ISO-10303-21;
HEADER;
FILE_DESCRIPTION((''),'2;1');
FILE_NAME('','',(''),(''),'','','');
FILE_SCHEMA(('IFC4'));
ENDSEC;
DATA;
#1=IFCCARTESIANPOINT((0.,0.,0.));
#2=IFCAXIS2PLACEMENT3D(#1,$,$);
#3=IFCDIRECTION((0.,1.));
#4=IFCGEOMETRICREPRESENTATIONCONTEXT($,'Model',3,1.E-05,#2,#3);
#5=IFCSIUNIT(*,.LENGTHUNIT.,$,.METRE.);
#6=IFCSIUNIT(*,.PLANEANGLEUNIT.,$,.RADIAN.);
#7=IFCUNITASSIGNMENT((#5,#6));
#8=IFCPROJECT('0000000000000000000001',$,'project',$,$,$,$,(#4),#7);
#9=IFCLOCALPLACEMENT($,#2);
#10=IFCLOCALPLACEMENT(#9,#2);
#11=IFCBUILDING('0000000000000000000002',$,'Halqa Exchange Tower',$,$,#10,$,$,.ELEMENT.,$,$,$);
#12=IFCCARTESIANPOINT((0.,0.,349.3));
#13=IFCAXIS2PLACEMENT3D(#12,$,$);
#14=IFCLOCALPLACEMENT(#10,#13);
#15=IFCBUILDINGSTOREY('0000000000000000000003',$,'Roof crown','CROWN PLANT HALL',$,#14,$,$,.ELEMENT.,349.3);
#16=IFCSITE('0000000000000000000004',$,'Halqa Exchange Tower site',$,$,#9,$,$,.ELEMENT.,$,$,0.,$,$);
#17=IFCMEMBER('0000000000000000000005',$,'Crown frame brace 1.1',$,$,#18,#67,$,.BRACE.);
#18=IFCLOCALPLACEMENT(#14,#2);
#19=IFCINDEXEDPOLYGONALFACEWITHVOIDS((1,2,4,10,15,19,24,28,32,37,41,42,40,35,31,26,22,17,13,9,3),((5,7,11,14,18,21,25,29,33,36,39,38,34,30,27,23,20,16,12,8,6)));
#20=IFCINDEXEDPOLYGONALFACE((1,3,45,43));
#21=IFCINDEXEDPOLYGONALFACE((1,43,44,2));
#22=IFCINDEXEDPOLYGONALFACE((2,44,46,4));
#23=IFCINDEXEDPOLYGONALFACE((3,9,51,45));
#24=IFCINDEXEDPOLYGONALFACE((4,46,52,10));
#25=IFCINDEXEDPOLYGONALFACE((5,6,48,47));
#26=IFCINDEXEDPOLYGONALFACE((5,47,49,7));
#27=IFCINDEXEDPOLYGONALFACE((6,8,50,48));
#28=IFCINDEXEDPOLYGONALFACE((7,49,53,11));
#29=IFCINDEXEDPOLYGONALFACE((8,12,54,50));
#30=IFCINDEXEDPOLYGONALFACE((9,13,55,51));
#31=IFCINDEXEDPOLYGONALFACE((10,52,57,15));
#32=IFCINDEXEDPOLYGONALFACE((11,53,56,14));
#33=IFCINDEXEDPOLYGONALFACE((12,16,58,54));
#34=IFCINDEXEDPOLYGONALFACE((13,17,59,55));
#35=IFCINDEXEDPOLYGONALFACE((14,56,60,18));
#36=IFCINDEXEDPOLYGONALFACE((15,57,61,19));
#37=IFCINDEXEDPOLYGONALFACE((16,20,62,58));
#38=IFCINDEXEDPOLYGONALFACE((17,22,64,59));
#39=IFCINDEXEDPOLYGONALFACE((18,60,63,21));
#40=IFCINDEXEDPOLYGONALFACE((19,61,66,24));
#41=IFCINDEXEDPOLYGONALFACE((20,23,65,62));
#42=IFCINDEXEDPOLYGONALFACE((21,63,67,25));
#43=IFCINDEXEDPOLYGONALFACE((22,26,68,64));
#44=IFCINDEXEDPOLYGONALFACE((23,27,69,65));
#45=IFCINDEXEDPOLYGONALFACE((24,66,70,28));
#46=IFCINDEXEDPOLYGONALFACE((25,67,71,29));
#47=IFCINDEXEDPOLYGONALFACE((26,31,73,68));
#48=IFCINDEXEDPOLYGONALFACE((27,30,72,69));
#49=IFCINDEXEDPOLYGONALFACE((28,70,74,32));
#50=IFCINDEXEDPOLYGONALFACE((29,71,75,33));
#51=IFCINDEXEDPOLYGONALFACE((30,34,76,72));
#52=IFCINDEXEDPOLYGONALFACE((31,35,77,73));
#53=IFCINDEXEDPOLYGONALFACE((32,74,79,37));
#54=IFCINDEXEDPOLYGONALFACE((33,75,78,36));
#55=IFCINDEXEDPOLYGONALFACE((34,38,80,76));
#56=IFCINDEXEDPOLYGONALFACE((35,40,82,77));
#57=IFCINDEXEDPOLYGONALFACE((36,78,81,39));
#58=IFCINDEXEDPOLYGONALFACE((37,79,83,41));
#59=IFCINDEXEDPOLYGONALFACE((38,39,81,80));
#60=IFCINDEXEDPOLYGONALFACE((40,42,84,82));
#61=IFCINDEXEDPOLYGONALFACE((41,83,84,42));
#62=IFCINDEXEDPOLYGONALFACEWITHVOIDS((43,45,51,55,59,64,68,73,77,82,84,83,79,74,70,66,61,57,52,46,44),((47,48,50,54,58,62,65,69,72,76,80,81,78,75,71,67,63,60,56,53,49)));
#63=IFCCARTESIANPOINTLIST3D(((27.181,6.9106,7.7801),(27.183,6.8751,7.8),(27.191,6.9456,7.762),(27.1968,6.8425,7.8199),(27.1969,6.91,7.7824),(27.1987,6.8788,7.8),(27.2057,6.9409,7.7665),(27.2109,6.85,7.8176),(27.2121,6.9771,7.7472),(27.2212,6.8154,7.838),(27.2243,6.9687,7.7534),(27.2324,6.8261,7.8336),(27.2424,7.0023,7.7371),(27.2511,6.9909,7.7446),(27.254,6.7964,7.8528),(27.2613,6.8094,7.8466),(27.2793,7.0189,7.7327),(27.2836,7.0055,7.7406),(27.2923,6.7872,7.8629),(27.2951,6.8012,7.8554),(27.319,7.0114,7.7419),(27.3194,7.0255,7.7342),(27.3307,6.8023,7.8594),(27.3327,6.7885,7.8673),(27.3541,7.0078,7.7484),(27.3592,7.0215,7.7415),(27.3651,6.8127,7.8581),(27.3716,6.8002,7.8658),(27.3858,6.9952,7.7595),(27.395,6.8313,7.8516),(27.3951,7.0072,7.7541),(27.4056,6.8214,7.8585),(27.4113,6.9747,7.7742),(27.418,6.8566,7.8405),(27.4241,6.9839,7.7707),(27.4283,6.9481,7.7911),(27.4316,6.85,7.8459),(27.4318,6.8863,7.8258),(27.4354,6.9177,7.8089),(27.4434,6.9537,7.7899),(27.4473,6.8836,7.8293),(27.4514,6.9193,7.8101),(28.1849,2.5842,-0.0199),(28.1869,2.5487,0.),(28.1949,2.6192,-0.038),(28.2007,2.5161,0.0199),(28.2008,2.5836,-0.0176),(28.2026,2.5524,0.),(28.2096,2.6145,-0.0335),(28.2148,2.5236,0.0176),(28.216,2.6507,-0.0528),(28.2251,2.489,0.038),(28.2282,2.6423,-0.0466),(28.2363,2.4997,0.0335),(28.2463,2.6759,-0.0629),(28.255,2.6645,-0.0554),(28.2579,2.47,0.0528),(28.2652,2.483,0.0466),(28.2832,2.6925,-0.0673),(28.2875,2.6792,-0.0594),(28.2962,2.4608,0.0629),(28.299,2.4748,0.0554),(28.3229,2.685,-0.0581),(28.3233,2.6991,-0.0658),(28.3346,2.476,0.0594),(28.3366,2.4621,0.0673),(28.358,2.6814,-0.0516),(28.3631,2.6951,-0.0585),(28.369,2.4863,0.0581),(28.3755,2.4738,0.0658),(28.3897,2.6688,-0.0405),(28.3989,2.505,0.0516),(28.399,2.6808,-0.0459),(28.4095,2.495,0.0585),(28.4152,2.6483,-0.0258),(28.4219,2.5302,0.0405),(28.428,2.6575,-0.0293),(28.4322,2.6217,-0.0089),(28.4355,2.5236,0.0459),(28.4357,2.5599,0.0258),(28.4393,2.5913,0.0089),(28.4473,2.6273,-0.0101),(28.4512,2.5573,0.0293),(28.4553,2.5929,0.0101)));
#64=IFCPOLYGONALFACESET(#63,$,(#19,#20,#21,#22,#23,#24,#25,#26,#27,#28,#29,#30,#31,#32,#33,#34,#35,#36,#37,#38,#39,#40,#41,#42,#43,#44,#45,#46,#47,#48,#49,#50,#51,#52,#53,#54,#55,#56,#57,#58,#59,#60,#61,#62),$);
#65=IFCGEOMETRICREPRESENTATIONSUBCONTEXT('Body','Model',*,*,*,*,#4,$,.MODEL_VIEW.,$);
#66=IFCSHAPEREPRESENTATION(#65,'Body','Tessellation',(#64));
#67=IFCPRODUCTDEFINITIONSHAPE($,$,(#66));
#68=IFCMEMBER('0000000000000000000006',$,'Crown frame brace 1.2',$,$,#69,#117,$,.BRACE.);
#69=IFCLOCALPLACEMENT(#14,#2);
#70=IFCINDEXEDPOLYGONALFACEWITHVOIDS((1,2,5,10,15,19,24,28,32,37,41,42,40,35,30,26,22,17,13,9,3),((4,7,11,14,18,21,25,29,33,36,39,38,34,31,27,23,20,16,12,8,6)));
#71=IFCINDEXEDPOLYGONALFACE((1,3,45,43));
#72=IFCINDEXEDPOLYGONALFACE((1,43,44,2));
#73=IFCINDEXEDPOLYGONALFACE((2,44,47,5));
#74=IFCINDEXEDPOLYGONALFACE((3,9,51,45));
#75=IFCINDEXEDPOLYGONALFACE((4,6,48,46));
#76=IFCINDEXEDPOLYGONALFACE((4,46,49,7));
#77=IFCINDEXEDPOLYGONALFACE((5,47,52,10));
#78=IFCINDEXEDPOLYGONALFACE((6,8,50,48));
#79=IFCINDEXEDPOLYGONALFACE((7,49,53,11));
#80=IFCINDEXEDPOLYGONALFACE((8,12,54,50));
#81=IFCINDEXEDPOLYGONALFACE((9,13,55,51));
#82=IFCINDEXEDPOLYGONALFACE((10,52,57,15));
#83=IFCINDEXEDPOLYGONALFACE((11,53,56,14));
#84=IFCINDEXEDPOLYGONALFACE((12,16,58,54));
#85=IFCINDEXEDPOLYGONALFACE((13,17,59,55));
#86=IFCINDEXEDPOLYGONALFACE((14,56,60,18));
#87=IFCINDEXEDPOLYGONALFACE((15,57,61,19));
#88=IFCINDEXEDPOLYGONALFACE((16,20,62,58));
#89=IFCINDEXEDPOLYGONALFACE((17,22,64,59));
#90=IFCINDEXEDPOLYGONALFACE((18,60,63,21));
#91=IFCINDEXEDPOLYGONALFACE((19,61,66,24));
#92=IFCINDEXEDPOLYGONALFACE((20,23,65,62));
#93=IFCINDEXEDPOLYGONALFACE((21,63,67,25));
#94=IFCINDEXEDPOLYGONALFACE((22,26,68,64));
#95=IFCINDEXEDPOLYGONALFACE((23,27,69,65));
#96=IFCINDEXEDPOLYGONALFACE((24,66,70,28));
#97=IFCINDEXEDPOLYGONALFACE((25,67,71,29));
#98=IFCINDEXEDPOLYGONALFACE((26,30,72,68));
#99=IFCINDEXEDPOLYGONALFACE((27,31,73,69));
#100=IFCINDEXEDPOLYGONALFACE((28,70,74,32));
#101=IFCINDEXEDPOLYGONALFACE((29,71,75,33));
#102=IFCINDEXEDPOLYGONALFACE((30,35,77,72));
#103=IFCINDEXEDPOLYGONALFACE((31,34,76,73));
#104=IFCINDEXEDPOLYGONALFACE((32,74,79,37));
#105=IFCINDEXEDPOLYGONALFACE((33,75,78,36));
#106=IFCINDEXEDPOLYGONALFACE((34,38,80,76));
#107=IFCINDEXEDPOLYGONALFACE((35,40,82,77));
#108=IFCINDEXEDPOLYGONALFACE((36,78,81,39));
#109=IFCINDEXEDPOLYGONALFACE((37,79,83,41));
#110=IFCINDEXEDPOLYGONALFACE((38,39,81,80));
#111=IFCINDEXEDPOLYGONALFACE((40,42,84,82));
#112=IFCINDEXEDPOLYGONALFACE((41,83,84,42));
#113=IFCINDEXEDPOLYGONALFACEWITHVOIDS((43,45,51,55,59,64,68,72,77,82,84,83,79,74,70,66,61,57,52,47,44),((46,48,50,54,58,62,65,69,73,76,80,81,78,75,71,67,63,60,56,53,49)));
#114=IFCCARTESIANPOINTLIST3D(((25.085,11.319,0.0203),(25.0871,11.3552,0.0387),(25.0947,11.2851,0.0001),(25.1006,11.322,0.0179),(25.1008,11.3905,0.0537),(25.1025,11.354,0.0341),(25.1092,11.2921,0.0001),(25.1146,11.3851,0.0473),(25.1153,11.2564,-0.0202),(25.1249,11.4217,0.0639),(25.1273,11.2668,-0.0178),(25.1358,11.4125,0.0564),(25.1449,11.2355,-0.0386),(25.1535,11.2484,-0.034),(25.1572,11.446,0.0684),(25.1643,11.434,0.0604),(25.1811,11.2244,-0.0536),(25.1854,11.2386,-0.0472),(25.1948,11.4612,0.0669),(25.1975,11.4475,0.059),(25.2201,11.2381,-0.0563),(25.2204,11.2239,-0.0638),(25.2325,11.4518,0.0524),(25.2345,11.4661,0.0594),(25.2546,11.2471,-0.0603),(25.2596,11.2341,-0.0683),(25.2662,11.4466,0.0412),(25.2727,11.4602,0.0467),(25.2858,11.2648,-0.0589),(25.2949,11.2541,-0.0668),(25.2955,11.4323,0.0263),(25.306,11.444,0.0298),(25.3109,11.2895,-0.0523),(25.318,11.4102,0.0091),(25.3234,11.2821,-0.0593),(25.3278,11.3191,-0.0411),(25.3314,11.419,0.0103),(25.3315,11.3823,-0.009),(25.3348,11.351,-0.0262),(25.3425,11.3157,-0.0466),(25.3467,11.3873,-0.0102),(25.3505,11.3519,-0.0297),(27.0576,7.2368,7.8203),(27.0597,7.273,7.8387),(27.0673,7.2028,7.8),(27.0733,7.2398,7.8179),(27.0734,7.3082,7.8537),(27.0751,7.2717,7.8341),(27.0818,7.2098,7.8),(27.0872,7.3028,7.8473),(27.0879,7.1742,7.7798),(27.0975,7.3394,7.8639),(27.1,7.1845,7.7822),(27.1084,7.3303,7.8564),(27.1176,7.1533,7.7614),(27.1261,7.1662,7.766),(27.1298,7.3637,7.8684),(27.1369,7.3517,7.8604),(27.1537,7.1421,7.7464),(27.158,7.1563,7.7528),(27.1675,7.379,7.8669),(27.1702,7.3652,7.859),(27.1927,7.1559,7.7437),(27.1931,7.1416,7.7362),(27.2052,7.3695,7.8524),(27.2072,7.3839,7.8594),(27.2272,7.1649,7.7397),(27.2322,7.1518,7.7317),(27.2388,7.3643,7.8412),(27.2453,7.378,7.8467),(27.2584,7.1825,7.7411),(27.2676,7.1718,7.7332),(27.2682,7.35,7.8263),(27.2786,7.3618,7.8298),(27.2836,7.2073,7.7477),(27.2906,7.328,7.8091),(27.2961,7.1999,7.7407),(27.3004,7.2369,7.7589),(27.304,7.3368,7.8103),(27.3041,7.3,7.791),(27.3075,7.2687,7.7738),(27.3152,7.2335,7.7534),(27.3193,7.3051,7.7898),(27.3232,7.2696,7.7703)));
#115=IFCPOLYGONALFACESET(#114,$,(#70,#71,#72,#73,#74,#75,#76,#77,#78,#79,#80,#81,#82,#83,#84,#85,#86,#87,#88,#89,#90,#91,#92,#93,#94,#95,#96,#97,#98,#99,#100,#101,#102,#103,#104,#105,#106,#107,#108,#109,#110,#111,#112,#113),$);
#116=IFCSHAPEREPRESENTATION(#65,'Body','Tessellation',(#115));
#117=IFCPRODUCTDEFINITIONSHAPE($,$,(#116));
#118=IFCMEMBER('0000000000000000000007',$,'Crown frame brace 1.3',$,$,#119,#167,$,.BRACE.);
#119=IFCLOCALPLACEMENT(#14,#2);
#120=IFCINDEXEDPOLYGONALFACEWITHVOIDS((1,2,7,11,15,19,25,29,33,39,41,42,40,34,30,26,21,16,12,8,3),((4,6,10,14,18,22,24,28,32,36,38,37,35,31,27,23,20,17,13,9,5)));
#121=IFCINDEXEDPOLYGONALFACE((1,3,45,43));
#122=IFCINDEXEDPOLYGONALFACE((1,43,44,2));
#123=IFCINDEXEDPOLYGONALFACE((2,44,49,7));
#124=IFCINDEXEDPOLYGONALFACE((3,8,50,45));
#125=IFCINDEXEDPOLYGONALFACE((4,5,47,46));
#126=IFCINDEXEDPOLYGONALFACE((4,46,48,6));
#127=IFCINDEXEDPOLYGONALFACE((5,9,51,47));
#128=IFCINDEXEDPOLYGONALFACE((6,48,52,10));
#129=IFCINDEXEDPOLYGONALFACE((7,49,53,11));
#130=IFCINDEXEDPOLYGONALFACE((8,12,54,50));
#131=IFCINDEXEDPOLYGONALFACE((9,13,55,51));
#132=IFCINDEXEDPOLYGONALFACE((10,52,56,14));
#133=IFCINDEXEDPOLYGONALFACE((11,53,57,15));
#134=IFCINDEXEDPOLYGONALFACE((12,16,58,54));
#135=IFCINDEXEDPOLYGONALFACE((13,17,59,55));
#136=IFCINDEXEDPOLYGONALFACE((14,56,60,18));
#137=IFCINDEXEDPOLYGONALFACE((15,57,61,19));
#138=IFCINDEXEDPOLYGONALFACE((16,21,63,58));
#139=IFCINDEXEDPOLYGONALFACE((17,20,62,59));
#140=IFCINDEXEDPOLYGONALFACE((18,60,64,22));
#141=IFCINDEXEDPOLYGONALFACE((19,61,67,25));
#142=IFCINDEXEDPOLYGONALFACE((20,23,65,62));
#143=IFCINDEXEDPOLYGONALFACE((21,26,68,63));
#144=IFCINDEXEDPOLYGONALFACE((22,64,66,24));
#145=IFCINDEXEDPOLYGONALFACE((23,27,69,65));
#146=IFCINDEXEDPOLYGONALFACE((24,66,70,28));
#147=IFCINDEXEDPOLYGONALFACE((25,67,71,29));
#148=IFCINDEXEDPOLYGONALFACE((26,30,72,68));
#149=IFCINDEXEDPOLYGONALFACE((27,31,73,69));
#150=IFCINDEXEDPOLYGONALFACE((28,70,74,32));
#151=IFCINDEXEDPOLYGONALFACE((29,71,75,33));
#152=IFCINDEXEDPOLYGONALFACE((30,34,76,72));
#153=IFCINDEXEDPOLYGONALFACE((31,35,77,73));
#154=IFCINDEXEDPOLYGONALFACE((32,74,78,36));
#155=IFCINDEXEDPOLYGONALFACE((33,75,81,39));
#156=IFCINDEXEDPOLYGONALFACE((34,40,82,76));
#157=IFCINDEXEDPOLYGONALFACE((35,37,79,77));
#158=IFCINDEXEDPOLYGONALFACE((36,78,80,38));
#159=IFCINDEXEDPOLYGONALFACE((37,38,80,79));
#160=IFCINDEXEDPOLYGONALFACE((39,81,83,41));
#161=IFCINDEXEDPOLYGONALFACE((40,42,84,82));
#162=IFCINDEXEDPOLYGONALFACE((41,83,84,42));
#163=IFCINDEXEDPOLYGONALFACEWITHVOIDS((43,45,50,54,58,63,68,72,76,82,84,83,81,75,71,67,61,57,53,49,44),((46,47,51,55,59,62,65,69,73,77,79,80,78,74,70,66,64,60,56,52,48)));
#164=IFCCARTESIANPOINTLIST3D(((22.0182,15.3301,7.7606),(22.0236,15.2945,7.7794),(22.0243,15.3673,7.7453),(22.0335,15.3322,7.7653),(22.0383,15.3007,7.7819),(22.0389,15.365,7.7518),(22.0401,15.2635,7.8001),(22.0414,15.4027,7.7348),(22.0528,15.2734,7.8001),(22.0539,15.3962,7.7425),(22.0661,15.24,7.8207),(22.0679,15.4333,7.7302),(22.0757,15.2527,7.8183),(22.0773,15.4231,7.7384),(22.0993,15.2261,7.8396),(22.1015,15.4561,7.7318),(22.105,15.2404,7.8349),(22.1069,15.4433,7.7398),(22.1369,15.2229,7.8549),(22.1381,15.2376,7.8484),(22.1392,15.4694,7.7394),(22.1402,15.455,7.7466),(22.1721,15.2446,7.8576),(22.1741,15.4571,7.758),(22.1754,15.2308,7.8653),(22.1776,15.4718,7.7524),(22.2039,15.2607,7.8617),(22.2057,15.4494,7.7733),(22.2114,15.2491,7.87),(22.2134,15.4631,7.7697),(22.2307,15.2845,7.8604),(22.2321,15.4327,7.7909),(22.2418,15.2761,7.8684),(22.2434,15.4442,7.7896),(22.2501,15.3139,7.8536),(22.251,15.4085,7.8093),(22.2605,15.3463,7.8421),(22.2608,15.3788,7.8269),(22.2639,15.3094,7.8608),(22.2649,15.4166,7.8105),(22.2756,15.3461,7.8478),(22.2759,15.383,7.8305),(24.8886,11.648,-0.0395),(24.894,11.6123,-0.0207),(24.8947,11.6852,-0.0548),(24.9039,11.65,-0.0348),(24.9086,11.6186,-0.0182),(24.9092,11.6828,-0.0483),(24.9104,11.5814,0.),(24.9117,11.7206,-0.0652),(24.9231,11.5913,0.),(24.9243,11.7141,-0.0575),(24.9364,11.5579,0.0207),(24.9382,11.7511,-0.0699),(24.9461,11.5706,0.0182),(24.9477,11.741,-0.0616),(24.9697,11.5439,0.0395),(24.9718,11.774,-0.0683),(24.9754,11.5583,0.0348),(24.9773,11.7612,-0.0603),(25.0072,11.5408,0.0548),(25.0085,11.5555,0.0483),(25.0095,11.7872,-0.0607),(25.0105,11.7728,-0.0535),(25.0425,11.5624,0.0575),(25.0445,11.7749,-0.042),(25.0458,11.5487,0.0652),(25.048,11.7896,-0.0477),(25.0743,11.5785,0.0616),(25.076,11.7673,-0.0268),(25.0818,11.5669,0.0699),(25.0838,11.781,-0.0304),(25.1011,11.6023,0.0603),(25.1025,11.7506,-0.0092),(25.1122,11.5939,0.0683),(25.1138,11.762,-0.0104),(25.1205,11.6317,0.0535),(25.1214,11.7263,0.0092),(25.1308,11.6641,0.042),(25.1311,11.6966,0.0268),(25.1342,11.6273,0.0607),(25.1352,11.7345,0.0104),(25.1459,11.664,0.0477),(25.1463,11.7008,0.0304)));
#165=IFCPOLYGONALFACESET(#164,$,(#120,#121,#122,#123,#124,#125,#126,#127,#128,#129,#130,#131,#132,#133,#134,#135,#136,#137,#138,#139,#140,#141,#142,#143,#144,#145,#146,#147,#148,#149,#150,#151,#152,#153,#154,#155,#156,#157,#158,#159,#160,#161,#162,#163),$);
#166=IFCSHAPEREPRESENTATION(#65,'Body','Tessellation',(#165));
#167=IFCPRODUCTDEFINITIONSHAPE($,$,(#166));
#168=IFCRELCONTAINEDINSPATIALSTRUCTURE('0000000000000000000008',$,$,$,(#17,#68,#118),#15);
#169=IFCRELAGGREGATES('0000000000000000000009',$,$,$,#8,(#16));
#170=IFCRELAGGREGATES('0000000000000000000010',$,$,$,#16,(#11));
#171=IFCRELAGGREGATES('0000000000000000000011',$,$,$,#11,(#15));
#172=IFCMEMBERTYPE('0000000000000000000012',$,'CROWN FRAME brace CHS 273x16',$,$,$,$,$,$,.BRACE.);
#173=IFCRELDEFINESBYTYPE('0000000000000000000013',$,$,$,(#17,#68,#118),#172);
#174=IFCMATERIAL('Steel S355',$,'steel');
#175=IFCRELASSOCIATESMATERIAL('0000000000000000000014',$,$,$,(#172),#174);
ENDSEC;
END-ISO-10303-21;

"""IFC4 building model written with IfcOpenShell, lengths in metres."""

from ifc_helpers import new_model, si_unit, direction, frame, origin, origin_2d, place, context, subcontext, project, spatial, hollow_circle, extrude, material, material_profile, profile_set, type_object, element, save


model = new_model("IFC4")

# Units and contexts
model_context = context("Model", 3, precision=1e-05, world=origin(), true_north=direction((0.0, 1.0)))
body_context = subcontext(model_context, "Body", "Model", "MODEL_VIEW")
ifc_project = project(units=[si_unit("LENGTHUNIT", "METRE"), si_unit("PLANEANGLEUNIT", "RADIAN")], contexts=[model_context])

# Site, building, storey
site_placement = place(None, origin())
site = spatial("IfcSite", under=ifc_project, at=site_placement, Name="Halqa Exchange Tower site", CompositionType="ELEMENT", RefElevation=0.0)
building_placement = place(site_placement, origin())
building = spatial("IfcBuilding", under=site, at=building_placement, Name="Halqa Exchange Tower", CompositionType="ELEMENT")
storey_placement = place(building_placement, frame((0.0, 0.0, 349.3)))
storey = spatial("IfcBuildingStorey", under=building, at=storey_placement, Name="Roof crown", Description="CROWN PLANT HALL", CompositionType="ELEMENT", Elevation=349.3)

# Shared definitions
ifc_material_1 = material(Name="Steel S355", Category="steel")

# Members
ifc_material_profile_1 = material_profile(ifc_material_1, hollow_circle(Radius=0.1365, WallThickness=0.0161, at=origin_2d()), Name="CHS 273x16")
ifc_profile_set_1 = profile_set([ifc_material_profile_1], Name="Steel S355")
member_type = type_object("IfcMemberType", Name="CROWN FRAME brace CHS 273x16", PredefinedType="BRACE", material=ifc_profile_set_1)
member_1_placement = place(storey_placement, frame((28.3198, 2.5796, 0.0), z_axis=(-0.111845, 0.482005, 0.869001), x_axis=(-0.974119, -0.226036, 0.0)))
element("IfcMember", 1, at=member_1_placement, inside=storey, type_object=member_type, Name="Crown frame brace 1.1", PredefinedType="BRACE", context=body_context, shape_type="SweptSolid", body=[
    extrude(hollow_circle(Radius=0.1365, WallThickness=0.0161, at=origin_2d()), origin(), (0.0, 0.0, 1.0), 8.9758),
])
member_2_placement = place(storey_placement, frame((27.1902, 7.2622, 7.8), z_axis=(-0.218649, 0.452478, -0.864555), x_axis=(-0.900387, -0.435089, 0.0)))
element("IfcMember", 2, at=member_2_placement, inside=storey, type_object=member_type, Name="Crown frame brace 1.2", PredefinedType="BRACE", context=body_context, shape_type="SweptSolid", body=[
    extrude(hollow_circle(Radius=0.1365, WallThickness=0.0161, at=origin_2d()), origin(), (0.0, 0.0, 1.0), 9.022),
])
member_3_placement = place(storey_placement, frame((25.0181, 11.6653, 0.0), z_axis=(-0.315753, 0.405051, 0.858041), x_axis=(-0.788679, -0.614805, 0.0)))
element("IfcMember", 3, at=member_3_placement, inside=storey, type_object=member_type, Name="Crown frame brace 1.3", PredefinedType="BRACE", context=body_context, shape_type="SweptSolid", body=[
    extrude(hollow_circle(Radius=0.1365, WallThickness=0.0161, at=origin_2d()), origin(), (0.0, 0.0, 1.0), 9.0906),
])

save(model, "model.ifc")
